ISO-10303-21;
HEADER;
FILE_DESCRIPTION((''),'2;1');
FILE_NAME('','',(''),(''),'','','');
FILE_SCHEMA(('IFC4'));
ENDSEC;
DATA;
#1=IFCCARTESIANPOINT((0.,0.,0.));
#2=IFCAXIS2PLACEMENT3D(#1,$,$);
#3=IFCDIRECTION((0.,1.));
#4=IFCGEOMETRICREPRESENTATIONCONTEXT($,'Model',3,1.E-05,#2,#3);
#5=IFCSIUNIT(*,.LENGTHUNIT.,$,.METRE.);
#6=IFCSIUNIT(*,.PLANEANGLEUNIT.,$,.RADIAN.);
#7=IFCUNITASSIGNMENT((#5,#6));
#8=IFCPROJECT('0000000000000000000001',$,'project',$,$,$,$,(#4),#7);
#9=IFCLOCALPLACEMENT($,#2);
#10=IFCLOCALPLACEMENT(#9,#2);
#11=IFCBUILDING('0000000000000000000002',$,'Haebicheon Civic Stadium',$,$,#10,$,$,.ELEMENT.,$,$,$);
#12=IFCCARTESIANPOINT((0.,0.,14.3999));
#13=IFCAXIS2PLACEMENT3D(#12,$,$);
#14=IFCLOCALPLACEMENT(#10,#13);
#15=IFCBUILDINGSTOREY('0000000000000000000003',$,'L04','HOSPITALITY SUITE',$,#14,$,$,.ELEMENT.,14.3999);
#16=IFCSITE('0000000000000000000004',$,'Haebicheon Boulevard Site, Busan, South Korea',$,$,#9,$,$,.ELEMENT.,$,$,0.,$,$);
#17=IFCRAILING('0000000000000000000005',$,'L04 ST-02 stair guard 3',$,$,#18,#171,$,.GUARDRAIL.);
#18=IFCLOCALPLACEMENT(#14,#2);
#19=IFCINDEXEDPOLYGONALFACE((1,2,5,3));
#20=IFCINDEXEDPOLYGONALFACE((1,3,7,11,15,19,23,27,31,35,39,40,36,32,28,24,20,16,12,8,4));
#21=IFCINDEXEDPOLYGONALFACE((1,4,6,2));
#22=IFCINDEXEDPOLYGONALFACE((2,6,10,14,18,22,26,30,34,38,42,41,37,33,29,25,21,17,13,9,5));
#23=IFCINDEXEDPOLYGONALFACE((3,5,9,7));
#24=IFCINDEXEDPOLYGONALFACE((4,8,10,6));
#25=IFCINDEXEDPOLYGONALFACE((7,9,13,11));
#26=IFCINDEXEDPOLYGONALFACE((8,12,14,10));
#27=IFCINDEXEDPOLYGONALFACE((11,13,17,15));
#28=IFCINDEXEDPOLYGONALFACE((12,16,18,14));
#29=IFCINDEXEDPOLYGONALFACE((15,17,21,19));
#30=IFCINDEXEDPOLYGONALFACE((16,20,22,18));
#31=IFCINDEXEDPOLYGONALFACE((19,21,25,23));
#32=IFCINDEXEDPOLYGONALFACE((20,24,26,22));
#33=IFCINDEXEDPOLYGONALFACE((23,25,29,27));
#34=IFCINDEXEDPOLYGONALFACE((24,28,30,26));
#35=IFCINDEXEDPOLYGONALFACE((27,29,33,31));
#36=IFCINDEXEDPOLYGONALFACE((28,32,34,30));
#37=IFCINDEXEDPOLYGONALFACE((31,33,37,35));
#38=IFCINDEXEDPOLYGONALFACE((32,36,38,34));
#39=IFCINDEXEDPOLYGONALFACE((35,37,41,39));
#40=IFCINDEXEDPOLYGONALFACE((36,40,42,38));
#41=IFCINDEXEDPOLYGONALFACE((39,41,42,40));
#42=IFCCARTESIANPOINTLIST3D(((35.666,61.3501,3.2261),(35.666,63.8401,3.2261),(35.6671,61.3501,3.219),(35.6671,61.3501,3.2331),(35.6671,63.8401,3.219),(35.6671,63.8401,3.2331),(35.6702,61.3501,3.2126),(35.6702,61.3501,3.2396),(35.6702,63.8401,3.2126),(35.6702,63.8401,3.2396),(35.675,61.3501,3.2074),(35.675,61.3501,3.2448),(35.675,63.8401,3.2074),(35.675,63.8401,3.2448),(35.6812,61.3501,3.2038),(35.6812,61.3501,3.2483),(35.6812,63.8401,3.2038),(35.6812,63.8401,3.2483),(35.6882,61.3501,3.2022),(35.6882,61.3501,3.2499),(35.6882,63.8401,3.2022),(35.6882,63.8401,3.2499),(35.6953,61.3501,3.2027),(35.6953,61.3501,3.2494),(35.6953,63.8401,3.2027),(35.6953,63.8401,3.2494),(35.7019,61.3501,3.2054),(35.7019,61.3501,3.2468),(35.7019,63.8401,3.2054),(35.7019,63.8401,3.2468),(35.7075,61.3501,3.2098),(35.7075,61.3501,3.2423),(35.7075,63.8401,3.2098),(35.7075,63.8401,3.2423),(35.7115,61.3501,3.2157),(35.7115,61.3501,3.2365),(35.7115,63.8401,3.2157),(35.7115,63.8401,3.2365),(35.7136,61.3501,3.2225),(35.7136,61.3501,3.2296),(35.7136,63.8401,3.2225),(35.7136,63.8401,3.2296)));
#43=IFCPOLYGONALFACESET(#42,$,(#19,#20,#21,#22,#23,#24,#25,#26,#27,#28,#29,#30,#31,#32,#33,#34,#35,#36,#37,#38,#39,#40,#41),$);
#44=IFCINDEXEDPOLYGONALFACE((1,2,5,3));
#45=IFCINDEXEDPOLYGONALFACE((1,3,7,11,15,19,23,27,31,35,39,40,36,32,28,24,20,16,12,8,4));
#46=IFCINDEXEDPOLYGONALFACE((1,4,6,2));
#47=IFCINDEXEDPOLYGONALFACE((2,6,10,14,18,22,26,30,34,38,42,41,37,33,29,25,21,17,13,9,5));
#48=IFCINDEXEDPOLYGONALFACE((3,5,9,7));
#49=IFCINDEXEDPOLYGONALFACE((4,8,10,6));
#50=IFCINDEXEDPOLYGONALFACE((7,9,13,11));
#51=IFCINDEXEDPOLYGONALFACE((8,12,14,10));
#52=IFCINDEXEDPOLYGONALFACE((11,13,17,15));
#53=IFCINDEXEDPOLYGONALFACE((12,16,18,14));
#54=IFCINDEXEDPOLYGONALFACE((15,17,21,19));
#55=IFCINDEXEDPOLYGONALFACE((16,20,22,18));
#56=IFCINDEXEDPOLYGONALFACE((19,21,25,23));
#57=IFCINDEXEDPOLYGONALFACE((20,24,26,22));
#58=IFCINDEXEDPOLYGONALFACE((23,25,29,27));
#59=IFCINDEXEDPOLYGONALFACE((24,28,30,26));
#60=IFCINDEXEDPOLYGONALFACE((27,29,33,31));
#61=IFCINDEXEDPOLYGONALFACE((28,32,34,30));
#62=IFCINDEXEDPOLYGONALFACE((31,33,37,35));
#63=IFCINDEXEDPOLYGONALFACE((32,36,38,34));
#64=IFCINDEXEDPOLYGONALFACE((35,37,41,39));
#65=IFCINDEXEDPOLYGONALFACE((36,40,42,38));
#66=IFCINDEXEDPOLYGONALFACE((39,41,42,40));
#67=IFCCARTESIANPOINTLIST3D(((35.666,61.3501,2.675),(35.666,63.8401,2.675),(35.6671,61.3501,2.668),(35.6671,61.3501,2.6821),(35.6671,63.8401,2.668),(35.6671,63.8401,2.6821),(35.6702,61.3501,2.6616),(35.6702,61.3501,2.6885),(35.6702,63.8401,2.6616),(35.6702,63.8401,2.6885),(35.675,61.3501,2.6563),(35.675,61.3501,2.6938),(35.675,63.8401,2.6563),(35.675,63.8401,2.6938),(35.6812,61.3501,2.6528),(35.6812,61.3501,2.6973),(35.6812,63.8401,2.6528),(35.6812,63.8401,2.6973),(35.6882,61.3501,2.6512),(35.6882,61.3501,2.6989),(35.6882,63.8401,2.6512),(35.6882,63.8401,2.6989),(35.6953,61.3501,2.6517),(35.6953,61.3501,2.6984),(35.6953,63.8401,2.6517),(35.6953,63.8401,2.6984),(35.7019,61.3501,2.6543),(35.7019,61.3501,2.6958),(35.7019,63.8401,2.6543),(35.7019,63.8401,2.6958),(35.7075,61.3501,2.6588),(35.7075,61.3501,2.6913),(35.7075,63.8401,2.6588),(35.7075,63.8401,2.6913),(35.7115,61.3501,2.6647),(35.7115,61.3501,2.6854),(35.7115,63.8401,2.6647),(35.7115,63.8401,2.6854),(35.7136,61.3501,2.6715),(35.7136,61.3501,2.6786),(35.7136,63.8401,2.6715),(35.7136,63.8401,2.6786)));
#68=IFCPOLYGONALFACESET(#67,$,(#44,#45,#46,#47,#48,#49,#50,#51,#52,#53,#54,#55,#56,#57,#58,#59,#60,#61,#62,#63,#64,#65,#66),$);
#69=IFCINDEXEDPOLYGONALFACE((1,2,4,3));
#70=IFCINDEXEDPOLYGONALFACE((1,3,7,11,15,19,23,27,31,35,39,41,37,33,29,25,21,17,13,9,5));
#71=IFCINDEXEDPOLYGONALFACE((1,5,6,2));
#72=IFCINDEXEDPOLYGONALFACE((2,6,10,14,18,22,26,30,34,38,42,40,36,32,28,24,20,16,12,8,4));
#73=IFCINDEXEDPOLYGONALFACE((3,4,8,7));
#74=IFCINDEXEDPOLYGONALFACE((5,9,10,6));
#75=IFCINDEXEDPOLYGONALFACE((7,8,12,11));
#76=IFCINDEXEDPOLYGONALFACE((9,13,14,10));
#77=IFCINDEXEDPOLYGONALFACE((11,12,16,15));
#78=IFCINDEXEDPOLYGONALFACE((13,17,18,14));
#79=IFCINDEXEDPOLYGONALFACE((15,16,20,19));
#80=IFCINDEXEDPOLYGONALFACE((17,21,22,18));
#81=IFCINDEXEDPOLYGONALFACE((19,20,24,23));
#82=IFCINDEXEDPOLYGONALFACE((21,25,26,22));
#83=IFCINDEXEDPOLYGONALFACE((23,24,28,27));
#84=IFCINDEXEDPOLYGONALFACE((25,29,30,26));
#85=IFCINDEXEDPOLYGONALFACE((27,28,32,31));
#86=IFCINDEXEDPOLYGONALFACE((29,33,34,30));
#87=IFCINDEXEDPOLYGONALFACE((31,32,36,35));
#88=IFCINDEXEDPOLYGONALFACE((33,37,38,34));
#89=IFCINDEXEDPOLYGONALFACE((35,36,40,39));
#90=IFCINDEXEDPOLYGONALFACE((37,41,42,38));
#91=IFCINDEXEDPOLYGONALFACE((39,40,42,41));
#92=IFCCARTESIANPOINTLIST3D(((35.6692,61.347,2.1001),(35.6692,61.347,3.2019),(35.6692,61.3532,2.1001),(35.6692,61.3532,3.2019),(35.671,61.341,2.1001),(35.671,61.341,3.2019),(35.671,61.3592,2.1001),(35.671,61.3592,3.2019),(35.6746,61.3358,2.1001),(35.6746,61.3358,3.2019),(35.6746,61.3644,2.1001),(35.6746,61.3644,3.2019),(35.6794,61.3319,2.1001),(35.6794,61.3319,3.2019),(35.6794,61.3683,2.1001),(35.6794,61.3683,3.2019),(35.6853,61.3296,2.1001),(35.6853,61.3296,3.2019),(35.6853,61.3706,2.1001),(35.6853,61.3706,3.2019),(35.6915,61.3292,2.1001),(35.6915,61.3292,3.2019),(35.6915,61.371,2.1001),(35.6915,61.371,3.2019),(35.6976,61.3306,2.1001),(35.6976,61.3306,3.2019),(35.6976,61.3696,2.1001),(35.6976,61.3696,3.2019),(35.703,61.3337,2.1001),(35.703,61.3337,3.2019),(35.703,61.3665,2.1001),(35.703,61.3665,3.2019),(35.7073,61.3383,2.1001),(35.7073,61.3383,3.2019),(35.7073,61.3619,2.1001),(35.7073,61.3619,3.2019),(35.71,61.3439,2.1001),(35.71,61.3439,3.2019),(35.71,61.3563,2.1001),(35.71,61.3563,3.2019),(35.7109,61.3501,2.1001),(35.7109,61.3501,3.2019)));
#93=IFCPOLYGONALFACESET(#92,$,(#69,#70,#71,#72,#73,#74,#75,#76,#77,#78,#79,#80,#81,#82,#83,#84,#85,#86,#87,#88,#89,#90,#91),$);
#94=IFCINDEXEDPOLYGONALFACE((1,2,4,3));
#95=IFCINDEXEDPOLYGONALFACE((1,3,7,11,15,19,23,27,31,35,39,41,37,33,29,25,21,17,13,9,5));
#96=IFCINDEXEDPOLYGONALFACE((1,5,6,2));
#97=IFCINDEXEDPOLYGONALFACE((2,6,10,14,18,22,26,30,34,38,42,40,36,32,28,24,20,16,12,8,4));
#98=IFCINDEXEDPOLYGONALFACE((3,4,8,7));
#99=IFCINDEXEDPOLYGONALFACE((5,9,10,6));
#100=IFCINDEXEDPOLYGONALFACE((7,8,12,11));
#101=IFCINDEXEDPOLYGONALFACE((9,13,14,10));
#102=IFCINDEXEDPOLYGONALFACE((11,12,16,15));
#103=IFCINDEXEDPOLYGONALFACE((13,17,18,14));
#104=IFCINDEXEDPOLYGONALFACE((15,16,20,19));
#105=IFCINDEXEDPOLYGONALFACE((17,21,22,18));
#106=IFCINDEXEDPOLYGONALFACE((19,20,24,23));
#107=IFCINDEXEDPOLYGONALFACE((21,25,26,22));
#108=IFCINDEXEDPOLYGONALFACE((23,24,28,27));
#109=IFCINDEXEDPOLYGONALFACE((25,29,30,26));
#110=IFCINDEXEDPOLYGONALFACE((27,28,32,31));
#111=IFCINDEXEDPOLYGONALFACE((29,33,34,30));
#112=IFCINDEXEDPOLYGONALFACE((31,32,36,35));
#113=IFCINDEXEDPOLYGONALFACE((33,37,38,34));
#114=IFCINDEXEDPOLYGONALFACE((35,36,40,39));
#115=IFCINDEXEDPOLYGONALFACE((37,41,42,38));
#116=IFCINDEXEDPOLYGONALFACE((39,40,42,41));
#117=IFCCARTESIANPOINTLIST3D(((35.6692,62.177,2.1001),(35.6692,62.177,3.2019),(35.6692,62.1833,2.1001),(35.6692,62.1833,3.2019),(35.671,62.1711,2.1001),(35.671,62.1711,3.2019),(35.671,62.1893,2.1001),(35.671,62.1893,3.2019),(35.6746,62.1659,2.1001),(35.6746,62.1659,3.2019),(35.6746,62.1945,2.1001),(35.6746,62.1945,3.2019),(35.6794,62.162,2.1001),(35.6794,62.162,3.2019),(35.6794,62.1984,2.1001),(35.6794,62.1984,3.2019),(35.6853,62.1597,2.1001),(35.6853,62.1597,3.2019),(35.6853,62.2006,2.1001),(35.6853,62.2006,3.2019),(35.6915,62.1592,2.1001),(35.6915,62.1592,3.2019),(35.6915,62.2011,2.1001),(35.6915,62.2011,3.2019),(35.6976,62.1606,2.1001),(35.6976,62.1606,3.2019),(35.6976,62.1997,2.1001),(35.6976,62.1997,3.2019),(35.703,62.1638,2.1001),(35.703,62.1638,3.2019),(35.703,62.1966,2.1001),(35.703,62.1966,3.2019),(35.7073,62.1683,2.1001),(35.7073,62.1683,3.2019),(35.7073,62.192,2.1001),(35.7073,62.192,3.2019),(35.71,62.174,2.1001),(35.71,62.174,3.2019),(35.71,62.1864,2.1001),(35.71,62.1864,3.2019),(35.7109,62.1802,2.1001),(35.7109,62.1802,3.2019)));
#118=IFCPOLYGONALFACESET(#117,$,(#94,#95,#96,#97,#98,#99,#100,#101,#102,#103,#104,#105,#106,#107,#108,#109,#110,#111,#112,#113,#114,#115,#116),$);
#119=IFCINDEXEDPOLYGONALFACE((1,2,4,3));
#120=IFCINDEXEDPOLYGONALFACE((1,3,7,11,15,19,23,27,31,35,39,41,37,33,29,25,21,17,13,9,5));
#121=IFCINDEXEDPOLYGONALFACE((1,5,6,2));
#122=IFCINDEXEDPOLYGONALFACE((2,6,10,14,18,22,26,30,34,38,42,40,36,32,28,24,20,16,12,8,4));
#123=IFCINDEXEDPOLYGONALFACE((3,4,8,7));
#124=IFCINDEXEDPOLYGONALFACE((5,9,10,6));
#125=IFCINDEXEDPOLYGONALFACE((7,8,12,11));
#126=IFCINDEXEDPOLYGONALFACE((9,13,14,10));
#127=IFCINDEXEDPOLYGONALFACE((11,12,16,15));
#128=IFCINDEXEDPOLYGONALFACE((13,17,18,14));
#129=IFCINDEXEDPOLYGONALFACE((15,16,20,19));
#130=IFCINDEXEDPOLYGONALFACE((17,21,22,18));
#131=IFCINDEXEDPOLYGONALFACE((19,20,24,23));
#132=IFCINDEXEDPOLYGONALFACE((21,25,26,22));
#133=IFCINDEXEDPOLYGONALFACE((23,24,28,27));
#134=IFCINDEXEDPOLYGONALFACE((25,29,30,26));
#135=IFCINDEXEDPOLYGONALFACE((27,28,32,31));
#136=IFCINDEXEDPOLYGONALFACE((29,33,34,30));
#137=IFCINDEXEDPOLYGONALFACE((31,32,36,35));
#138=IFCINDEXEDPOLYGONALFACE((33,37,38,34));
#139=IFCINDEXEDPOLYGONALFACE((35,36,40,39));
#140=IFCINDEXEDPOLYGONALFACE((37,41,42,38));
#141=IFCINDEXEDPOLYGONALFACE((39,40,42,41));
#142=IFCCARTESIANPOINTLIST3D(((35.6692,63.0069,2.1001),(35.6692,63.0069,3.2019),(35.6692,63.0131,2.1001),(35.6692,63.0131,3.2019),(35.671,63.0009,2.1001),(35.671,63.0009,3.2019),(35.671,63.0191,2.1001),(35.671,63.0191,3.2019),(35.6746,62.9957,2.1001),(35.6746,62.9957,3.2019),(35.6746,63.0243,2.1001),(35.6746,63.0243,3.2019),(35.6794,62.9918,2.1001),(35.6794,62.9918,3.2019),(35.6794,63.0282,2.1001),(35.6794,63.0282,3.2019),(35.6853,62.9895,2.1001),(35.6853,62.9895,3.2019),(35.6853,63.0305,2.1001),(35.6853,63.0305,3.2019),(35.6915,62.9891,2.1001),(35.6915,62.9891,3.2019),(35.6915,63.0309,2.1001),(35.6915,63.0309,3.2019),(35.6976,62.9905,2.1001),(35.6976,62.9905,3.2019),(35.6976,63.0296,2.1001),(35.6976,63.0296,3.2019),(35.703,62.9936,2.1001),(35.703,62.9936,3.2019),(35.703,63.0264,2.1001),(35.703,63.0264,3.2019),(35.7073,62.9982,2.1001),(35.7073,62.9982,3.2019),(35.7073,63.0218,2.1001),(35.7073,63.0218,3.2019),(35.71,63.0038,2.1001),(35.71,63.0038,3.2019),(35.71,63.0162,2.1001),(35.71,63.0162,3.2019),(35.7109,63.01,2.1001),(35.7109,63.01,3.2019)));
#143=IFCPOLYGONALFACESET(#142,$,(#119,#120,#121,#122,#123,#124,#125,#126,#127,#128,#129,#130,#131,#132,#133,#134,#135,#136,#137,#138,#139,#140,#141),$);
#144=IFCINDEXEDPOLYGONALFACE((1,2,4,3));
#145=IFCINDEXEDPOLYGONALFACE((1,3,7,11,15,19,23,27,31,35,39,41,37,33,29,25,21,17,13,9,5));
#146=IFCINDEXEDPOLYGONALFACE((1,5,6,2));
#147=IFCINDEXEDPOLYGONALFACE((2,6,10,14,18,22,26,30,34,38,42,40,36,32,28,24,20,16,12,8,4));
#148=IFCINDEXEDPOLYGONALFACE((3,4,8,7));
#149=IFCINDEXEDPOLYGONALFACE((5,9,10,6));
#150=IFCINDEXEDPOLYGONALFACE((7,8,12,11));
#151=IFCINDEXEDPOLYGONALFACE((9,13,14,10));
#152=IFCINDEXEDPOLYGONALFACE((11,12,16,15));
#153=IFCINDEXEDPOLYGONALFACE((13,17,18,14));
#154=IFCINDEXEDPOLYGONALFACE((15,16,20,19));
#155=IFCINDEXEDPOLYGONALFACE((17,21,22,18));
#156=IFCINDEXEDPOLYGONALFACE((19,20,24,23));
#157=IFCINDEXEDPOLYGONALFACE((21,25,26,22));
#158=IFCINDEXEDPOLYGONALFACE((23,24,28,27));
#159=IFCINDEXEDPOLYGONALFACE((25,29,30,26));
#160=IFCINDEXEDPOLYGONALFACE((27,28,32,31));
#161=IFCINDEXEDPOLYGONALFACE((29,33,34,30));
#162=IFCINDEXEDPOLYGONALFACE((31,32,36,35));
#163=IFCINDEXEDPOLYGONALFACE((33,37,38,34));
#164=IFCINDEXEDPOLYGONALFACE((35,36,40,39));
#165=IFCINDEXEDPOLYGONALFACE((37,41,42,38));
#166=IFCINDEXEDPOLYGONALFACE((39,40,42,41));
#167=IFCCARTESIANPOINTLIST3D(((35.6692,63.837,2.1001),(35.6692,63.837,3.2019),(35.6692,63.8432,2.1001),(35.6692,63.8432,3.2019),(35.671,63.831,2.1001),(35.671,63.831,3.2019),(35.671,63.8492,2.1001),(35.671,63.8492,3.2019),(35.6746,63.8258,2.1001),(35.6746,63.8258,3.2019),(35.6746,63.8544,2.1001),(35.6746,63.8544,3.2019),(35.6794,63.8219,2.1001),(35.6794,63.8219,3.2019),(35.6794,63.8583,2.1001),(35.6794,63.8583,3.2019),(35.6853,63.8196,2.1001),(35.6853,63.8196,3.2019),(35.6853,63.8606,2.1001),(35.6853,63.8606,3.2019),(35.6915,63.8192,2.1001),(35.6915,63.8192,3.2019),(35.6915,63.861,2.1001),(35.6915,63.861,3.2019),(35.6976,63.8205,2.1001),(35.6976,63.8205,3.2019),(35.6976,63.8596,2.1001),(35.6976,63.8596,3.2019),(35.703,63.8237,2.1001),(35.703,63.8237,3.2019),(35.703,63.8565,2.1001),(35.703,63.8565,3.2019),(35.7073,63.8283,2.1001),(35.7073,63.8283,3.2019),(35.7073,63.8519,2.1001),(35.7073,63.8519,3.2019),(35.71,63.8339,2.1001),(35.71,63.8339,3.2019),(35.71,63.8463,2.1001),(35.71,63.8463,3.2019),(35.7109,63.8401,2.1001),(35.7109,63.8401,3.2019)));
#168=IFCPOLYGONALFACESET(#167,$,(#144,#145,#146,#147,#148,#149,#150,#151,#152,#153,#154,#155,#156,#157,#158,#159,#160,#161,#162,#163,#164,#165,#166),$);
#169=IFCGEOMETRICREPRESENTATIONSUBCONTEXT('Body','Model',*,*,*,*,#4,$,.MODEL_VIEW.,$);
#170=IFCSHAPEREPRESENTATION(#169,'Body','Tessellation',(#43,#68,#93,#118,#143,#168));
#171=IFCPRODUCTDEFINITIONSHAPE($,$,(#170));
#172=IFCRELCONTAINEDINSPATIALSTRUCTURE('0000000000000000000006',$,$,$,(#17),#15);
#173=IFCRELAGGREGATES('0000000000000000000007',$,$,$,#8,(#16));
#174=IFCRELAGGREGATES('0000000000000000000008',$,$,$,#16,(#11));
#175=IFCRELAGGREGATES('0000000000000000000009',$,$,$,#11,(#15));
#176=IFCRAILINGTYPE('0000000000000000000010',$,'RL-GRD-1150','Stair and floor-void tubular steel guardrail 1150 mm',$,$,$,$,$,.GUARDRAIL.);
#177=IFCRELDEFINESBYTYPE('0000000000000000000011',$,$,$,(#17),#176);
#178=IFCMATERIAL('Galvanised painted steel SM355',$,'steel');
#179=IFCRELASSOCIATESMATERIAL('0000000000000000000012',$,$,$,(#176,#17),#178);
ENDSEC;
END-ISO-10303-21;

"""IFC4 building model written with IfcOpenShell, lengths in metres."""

from ifc_helpers import new_model, si_unit, direction, frame, origin, origin_2d, place, context, subcontext, project, spatial, circle, extrude, material, type_object, element, save


model = new_model("IFC4")

# Units and contexts
model_context = context("Model", 3, precision=1e-05, world=origin(), true_north=direction((0.0, 1.0)))
body_context = subcontext(model_context, "Body", "Model", "MODEL_VIEW")
ifc_project = project(units=[si_unit("LENGTHUNIT", "METRE"), si_unit("PLANEANGLEUNIT", "RADIAN")], contexts=[model_context])

# Site, building, storey
site_placement = place(None, origin())
site = spatial("IfcSite", under=ifc_project, at=site_placement, Name="Haebicheon Boulevard Site, Busan, South Korea", CompositionType="ELEMENT", RefElevation=0.0)
building_placement = place(site_placement, origin())
building = spatial("IfcBuilding", under=site, at=building_placement, Name="Haebicheon Civic Stadium", CompositionType="ELEMENT")
storey_placement = place(building_placement, frame((0.0, 0.0, 14.3999)))
storey = spatial("IfcBuildingStorey", under=building, at=storey_placement, Name="L04", Description="HOSPITALITY SUITE", CompositionType="ELEMENT", Elevation=14.3999)

# Railing
ifc_material_1 = material(Name="Galvanised painted steel SM355", Category="steel")
railing_type_1 = type_object("IfcRailingType", Name="RL-GRD-1150", Description="Stair and floor-void tubular steel guardrail 1150 mm", PredefinedType="GUARDRAIL", material=ifc_material_1)
for number, where, name in (
    (1, (35.6899, 61.3501, 2.1001), "L04 ST-02 stair guard 3"),
):
    element("IfcRailing", number, at=place(storey_placement, frame(where)), inside=storey, type_object=railing_type_1, material=ifc_material_1, Name=name, PredefinedType="GUARDRAIL", context=body_context, shape_type="SweptSolid", body=[
        extrude(circle(Radius=0.0239, at=origin_2d()), frame((0.0, 0.0, 1.126), z_axis=(0.0, 1.0, 0.0), x_axis=(-1.0, 0.0, 0.0)), (0.0, 0.0, 1.0), 2.49),
        extrude(circle(Radius=0.0239, at=origin_2d()), frame((0.0, 0.0, 0.575), z_axis=(0.0, 1.0, 0.0), x_axis=(-1.0, 0.0, 0.0)), (0.0, 0.0, 1.0), 2.49),
        extrude(circle(Radius=0.021, at=origin_2d()), origin(), (0.0, 0.0, 1.0), 1.1018),
        extrude(circle(Radius=0.021, at=origin_2d()), frame((0.0, 0.8301, 0.0)), (0.0, 0.0, 1.0), 1.1018),
        extrude(circle(Radius=0.021, at=origin_2d()), frame((0.0, 1.6599, 0.0)), (0.0, 0.0, 1.0), 1.1018),
        extrude(circle(Radius=0.021, at=origin_2d()), frame((0.0, 2.49, 0.0)), (0.0, 0.0, 1.0), 1.1018),
    ])

save(model, "model.ifc")
